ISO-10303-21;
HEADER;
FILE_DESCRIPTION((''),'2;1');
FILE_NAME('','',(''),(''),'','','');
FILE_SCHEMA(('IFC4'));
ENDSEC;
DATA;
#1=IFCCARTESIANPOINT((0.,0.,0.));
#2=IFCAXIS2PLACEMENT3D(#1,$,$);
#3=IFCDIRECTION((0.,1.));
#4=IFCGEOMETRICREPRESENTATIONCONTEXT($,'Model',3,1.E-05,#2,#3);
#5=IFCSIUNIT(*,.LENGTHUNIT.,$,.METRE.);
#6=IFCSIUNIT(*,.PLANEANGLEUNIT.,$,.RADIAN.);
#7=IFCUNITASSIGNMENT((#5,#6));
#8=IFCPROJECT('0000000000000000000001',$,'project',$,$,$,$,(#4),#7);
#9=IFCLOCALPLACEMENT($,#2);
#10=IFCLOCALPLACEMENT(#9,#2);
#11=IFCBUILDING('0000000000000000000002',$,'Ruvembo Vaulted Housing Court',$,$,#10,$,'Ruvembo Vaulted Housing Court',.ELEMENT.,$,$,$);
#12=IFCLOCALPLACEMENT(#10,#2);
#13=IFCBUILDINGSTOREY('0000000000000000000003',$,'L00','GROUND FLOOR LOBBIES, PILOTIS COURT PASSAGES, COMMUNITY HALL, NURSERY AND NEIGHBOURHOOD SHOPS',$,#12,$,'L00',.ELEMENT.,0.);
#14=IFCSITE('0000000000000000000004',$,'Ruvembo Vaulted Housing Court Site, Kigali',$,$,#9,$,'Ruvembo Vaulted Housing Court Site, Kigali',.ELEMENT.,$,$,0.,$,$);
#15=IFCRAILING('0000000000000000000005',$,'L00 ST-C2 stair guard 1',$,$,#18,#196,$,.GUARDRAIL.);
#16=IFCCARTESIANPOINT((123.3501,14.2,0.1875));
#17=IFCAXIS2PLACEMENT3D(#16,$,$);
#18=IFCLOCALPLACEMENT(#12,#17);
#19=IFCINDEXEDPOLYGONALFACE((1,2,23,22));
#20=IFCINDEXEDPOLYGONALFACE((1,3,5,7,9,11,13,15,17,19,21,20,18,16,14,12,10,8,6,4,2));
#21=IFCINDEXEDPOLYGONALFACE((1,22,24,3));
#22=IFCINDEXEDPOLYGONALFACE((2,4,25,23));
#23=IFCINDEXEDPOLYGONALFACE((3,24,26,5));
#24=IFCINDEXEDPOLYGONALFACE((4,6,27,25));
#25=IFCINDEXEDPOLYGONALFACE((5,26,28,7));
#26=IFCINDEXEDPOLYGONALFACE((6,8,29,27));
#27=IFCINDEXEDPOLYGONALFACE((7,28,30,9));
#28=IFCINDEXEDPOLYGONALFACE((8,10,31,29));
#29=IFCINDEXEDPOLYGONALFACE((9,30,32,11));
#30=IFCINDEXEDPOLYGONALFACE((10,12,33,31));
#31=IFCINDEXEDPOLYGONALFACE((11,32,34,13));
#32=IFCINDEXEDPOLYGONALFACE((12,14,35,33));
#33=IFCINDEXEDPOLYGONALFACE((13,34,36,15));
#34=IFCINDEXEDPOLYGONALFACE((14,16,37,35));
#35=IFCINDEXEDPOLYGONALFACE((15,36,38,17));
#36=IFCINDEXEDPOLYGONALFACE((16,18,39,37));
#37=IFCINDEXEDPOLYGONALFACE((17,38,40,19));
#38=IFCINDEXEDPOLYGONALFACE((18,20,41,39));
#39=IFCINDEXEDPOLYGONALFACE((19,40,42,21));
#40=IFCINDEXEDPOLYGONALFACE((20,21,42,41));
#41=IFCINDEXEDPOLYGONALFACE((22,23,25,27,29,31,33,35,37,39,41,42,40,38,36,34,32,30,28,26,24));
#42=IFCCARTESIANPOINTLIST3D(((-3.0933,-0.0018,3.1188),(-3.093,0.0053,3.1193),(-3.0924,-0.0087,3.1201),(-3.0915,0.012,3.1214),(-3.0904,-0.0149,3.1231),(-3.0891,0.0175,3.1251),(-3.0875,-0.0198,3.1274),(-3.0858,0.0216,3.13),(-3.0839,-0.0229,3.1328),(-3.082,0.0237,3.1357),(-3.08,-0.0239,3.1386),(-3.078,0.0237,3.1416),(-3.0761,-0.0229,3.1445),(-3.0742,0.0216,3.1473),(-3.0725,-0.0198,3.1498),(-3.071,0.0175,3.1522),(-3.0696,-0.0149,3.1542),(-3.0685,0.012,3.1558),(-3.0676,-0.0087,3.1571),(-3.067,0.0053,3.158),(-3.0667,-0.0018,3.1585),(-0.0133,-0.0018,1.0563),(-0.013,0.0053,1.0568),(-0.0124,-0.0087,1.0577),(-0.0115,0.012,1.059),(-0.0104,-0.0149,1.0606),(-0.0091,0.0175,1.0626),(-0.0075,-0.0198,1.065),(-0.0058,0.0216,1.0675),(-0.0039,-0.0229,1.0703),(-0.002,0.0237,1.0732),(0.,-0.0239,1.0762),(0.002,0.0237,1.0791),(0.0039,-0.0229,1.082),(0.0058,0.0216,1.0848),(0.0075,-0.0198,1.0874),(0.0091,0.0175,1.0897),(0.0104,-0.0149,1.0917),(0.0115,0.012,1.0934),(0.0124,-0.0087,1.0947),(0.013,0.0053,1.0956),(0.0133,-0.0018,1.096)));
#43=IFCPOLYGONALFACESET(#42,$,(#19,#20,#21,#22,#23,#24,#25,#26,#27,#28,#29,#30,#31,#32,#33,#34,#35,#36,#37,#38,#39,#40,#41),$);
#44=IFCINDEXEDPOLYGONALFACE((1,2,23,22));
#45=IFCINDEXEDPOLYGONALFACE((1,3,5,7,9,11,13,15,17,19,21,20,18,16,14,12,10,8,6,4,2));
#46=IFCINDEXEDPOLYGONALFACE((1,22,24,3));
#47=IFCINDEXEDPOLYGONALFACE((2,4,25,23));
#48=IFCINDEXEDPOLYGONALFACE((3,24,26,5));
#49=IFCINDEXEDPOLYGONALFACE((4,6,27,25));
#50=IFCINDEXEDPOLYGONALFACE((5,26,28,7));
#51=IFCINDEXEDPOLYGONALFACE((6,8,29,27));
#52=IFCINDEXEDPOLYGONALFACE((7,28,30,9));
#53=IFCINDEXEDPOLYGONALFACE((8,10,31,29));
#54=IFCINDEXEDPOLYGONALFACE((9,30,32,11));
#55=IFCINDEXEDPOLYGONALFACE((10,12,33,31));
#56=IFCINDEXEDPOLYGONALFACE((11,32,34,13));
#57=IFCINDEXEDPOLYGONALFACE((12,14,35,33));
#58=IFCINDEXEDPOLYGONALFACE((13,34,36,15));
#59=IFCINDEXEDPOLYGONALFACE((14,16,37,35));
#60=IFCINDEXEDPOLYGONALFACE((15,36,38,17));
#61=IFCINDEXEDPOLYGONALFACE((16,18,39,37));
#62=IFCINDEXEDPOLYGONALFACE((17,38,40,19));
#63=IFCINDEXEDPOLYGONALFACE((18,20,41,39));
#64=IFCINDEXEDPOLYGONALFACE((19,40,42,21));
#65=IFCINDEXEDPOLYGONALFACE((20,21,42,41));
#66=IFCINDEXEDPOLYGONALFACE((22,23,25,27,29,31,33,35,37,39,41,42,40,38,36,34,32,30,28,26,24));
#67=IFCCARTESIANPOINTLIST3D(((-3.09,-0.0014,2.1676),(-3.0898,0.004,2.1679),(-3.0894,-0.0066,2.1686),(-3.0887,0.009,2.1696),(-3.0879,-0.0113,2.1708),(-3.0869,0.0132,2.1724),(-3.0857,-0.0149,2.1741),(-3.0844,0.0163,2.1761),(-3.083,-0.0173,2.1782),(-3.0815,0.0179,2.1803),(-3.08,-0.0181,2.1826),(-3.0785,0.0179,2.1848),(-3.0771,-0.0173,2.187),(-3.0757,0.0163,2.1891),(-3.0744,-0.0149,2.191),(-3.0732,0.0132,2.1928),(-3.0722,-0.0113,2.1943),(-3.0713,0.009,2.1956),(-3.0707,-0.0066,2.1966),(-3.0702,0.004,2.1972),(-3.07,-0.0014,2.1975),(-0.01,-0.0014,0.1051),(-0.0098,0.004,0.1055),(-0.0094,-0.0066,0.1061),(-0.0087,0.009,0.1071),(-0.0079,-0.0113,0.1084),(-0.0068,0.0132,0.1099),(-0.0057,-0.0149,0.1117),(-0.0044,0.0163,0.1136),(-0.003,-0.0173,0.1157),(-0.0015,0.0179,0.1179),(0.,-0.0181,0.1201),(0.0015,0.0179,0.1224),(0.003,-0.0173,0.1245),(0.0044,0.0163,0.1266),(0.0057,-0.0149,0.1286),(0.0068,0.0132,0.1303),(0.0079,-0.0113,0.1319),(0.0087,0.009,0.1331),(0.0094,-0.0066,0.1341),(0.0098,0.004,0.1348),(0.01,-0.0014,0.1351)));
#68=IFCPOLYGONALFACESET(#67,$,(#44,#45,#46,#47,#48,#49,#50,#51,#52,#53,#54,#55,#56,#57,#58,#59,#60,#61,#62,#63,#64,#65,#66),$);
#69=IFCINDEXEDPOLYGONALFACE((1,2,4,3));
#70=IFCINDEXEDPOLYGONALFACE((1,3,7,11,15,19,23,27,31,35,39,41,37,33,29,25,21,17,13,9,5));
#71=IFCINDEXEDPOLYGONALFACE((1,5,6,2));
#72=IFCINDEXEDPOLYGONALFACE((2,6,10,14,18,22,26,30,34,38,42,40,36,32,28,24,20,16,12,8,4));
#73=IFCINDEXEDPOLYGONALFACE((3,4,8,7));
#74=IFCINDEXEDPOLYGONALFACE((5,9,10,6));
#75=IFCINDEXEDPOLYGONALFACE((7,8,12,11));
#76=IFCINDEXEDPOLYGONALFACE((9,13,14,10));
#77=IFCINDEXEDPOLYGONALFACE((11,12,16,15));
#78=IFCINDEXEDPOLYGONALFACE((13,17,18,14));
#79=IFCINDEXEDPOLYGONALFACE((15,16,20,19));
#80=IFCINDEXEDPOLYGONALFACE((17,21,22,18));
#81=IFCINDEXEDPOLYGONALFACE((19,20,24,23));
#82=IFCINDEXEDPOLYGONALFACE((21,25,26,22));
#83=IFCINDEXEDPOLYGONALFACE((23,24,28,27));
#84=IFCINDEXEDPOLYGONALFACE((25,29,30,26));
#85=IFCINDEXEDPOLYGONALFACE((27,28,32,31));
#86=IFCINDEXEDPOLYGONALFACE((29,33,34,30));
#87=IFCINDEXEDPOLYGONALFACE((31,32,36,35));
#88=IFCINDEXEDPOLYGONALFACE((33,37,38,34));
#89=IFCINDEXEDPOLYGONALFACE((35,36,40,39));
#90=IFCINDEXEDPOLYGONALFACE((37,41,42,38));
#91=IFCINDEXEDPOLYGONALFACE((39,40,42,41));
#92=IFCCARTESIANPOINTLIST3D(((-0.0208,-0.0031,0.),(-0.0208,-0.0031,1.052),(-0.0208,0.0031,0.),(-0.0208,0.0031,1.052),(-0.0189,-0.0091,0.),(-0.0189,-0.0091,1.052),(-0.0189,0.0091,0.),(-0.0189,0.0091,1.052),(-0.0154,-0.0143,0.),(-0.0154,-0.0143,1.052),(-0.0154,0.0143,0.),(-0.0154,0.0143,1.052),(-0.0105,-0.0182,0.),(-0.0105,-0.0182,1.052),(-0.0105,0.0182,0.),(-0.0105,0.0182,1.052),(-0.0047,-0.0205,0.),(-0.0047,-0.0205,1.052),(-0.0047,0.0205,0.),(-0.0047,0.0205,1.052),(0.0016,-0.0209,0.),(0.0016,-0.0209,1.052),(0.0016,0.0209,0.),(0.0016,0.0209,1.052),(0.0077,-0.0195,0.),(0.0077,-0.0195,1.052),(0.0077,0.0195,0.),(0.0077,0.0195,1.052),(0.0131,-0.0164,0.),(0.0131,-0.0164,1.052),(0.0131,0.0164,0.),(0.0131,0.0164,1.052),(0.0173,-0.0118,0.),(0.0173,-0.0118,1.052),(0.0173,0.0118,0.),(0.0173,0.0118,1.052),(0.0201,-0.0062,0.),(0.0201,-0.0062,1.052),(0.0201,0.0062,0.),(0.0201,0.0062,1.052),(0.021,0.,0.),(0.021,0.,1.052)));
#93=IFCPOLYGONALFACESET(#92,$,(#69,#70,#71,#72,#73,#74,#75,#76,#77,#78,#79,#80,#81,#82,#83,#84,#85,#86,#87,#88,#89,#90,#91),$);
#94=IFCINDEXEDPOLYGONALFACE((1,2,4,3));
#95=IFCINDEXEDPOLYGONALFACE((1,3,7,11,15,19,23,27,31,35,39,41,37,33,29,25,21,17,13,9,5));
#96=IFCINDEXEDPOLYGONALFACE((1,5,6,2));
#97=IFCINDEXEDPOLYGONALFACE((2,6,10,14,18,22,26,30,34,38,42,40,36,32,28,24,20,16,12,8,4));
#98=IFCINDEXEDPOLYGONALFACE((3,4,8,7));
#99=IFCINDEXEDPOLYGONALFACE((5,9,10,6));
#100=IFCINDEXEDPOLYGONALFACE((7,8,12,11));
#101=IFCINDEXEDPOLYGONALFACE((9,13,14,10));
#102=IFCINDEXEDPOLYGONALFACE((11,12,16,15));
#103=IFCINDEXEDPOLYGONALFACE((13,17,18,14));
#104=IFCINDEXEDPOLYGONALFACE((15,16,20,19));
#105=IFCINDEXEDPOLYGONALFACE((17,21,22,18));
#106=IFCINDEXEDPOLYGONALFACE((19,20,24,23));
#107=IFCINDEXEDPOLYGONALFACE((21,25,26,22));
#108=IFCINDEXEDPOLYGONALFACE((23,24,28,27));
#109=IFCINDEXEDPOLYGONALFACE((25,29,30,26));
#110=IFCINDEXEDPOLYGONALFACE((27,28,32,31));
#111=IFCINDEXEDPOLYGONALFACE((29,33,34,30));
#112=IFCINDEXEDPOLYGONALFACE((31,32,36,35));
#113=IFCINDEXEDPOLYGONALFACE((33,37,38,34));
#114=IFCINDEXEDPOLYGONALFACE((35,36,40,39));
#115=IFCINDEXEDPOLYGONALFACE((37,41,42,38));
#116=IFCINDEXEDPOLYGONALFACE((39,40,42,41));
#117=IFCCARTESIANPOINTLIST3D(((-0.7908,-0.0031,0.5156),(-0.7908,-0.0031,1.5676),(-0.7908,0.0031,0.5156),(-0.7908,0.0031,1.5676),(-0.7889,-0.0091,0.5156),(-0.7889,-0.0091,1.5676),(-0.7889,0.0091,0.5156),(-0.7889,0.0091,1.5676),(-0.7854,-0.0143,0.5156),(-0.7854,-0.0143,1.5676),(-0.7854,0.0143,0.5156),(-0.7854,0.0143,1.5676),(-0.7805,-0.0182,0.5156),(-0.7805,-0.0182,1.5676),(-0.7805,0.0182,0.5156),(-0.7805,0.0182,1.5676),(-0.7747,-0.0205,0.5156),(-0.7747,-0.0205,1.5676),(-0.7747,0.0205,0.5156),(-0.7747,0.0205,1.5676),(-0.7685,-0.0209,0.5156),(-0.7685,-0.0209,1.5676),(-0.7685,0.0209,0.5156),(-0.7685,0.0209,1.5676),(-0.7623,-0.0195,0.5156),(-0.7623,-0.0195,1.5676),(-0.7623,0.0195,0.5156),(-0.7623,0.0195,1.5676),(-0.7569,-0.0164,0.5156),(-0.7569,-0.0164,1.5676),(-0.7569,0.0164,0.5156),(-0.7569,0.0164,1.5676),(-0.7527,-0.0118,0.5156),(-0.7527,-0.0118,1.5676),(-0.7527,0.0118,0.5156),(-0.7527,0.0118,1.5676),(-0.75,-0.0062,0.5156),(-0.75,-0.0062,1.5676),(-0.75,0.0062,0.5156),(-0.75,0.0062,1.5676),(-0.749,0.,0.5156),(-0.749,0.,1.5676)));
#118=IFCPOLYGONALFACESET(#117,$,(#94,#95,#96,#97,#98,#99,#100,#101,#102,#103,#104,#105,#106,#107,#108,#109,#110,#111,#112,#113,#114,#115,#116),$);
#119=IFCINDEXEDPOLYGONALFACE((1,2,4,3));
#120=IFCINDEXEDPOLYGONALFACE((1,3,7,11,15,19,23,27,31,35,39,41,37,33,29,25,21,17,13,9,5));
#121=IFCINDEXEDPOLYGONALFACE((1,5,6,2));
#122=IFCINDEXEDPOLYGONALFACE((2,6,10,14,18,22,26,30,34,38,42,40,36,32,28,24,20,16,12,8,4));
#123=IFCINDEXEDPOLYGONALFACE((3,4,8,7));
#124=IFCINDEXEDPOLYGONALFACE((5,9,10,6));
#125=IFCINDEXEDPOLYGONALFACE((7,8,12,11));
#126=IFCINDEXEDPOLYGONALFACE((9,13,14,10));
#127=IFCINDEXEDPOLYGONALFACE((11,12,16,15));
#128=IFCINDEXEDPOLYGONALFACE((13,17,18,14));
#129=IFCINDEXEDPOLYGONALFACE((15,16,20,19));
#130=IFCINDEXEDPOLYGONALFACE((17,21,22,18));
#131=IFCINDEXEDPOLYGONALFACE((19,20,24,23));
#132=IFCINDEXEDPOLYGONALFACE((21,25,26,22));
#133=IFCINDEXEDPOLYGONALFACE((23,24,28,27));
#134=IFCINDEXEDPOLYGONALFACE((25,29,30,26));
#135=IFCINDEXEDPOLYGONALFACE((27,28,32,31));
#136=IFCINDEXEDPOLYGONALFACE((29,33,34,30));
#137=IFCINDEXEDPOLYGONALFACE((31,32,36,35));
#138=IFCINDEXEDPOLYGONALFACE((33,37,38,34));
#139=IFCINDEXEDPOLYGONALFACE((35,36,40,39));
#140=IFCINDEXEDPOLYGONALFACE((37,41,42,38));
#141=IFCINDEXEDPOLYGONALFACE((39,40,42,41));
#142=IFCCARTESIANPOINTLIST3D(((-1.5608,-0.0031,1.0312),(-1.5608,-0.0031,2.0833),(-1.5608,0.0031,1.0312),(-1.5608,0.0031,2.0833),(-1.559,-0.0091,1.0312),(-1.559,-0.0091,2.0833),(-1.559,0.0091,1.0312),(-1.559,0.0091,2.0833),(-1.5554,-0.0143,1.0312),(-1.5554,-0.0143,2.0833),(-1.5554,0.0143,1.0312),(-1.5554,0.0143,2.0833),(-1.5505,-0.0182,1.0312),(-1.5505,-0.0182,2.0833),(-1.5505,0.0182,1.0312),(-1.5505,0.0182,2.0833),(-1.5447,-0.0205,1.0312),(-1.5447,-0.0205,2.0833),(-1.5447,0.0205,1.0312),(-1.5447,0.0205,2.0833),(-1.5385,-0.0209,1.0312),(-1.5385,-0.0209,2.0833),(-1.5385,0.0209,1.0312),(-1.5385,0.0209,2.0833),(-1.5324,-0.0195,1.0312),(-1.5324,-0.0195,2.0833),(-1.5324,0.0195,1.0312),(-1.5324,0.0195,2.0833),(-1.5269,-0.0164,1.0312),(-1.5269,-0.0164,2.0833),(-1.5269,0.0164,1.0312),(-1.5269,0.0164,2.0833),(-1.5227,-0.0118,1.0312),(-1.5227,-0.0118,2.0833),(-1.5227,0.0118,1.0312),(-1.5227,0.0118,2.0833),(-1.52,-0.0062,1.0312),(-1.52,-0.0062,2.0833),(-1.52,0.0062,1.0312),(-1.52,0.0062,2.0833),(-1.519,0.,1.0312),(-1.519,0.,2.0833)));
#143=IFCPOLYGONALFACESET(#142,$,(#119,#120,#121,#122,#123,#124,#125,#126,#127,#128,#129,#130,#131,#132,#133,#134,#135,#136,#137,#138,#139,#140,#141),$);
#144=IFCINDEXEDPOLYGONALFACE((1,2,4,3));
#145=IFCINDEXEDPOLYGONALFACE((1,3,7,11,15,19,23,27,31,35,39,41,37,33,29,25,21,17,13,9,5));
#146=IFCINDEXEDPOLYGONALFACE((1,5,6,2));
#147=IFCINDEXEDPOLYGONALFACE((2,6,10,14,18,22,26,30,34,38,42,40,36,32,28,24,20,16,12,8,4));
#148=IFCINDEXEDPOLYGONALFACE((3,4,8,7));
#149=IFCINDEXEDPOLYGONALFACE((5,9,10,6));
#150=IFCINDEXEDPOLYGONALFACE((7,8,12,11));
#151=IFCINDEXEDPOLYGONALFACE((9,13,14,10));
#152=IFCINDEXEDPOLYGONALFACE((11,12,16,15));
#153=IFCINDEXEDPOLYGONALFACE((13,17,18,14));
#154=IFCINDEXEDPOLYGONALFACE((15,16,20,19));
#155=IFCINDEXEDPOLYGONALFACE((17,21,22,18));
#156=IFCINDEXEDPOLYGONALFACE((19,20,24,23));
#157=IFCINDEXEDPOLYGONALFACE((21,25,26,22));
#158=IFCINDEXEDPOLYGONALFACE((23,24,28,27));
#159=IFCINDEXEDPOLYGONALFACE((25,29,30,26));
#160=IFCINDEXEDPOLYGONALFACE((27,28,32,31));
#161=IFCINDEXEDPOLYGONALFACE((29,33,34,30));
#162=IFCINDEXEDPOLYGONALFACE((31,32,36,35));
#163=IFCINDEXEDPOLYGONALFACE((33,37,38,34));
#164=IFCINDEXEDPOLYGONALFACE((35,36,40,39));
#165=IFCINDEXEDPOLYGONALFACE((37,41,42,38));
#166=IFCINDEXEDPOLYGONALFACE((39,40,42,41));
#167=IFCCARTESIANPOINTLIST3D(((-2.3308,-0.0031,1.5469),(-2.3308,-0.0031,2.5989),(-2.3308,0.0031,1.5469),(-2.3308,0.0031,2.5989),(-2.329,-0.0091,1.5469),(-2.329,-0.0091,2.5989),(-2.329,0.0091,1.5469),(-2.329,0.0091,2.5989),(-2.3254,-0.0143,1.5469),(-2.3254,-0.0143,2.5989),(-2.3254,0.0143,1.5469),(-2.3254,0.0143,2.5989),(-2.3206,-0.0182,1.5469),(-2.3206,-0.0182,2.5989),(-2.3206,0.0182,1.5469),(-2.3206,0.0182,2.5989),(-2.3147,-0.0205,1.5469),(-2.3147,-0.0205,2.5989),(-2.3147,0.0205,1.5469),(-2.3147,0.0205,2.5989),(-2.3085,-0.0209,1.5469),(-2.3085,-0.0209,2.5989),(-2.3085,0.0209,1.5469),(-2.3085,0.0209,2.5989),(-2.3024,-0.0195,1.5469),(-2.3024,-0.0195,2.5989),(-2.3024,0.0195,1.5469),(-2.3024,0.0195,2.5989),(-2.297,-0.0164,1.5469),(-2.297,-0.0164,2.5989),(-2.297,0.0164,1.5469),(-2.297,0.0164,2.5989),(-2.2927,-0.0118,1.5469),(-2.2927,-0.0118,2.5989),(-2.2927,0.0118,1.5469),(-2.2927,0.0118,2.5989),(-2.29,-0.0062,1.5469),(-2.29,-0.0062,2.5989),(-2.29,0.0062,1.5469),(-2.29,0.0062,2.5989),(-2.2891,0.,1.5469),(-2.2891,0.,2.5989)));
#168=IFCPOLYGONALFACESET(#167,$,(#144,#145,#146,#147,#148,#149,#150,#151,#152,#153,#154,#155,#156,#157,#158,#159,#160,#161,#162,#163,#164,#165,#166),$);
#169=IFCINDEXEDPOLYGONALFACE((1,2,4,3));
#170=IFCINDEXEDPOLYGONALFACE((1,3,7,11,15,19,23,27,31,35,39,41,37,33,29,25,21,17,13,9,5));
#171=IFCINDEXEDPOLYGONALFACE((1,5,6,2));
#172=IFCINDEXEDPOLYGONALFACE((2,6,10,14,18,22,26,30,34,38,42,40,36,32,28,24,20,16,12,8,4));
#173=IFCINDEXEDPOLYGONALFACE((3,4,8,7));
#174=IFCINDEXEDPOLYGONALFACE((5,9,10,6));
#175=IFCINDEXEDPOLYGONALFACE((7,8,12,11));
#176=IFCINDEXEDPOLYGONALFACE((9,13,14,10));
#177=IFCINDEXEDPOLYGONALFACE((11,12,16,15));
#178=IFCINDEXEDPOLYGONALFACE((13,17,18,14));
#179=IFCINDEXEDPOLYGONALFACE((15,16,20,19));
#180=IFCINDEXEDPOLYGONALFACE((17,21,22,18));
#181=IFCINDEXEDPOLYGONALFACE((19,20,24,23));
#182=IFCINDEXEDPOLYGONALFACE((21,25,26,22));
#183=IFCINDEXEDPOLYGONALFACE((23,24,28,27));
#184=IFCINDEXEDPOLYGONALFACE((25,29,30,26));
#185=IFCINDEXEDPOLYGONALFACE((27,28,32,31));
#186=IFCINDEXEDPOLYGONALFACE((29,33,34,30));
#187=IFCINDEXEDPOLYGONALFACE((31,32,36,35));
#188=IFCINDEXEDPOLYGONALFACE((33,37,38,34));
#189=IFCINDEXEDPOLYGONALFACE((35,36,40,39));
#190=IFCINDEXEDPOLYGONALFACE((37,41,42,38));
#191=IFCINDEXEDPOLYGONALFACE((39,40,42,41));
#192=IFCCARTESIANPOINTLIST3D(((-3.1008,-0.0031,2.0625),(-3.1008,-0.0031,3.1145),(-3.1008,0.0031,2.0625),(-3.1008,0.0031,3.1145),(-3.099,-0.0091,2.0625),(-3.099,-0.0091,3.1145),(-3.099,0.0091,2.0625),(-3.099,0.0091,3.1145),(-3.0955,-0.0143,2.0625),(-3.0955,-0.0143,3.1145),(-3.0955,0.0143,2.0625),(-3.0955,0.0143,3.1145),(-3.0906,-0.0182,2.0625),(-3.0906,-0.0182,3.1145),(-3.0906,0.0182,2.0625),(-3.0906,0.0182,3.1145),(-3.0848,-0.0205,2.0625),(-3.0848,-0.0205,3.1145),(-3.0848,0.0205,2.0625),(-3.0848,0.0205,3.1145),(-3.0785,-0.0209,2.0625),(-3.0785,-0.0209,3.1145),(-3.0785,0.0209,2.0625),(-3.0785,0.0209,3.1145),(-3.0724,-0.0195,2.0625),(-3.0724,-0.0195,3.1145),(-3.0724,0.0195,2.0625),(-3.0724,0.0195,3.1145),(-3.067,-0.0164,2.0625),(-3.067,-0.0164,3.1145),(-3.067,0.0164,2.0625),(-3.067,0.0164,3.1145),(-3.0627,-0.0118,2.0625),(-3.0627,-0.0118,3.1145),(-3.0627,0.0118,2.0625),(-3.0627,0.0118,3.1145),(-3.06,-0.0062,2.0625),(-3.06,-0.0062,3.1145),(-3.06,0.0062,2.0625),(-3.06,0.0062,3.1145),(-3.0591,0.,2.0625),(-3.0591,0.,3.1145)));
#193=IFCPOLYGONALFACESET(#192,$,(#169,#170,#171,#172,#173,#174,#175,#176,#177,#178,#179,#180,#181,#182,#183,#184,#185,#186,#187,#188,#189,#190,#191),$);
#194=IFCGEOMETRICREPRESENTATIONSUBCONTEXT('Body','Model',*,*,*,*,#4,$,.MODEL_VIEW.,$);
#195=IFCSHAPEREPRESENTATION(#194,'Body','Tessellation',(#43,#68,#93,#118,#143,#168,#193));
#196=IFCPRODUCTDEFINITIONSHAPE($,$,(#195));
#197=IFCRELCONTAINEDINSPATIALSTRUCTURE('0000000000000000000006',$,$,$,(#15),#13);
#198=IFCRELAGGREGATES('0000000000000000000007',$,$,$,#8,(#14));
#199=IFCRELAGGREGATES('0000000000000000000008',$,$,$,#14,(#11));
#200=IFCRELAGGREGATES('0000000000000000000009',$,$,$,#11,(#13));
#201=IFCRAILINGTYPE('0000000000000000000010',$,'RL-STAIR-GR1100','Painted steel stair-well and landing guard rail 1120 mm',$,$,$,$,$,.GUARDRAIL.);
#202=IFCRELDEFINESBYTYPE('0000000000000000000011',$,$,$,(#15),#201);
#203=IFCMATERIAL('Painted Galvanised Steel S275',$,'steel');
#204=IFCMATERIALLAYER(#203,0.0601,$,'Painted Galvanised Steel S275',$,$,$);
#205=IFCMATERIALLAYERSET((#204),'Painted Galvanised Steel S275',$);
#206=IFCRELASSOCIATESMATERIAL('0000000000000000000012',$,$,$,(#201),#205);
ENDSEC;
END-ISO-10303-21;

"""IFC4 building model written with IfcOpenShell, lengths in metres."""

from ifc_helpers import new_model, si_unit, direction, frame, origin, origin_2d, place, context, subcontext, project, spatial, circle, extrude, material, layer, layer_set, type_object, element, save


model = new_model("IFC4")

# Units and contexts
model_context = context("Model", 3, precision=1e-05, world=origin(), true_north=direction((0.0, 1.0)))
body_context = subcontext(model_context, "Body", "Model", "MODEL_VIEW")
ifc_project = project(units=[si_unit("LENGTHUNIT", "METRE"), si_unit("PLANEANGLEUNIT", "RADIAN")], contexts=[model_context])

# Site, building, storey
site_placement = place(None, origin())
site = spatial("IfcSite", under=ifc_project, at=site_placement, Name="Ruvembo Vaulted Housing Court Site, Kigali", LongName="Ruvembo Vaulted Housing Court Site, Kigali", CompositionType="ELEMENT", RefElevation=0.0)
building_placement = place(site_placement, origin())
building = spatial("IfcBuilding", under=site, at=building_placement, Name="Ruvembo Vaulted Housing Court", LongName="Ruvembo Vaulted Housing Court", CompositionType="ELEMENT")
storey_placement = place(building_placement, origin())
storey = spatial("IfcBuildingStorey", under=building, at=storey_placement, Name="L00", Description="GROUND FLOOR LOBBIES, PILOTIS COURT PASSAGES, COMMUNITY HALL, NURSERY AND NEIGHBOURHOOD SHOPS", LongName="L00", CompositionType="ELEMENT", Elevation=0.0)

# Railing
ifc_material_1 = material(Name="Painted Galvanised Steel S275", Category="steel")
ifc_layer_1 = layer(ifc_material_1, 0.0601, Name="Painted Galvanised Steel S275")
ifc_layer_set_1 = layer_set([ifc_layer_1], Name="Painted Galvanised Steel S275")
railing_type_1 = type_object("IfcRailingType", Name="RL-STAIR-GR1100", Description="Painted steel stair-well and landing guard rail 1120 mm", PredefinedType="GUARDRAIL", material=ifc_layer_set_1)
railing_1_placement = place(storey_placement, frame((123.3501, 14.2, 0.1875)))
element("IfcRailing", 1, at=railing_1_placement, inside=storey, type_object=railing_type_1, Name="L00 ST-C2 stair guard 1", PredefinedType="GUARDRAIL", context=body_context, shape_type="SweptSolid", body=[
    extrude(circle(Radius=0.0239, at=origin_2d()), frame((0.0, 0.0, 1.0762), z_axis=(-0.830914, 0.0, 0.556401), x_axis=(0.0, -1.0, 0.0)), (0.0, 0.0, 1.0), 3.7068),
    extrude(circle(Radius=0.0181, at=origin_2d()), frame((0.0, 0.0, 0.1201), z_axis=(-0.830914, 0.0, 0.556401), x_axis=(0.0, -1.0, 0.0)), (0.0, 0.0, 1.0), 3.7068),
    extrude(circle(Radius=0.021, at=origin_2d()), origin(), (0.0, 0.0, 1.0), 1.052),
    extrude(circle(Radius=0.021, at=origin_2d()), frame((-0.77, 0.0, 0.5156)), (0.0, 0.0, 1.0), 1.052),
    extrude(circle(Radius=0.021, at=origin_2d()), frame((-1.54, 0.0, 1.0312)), (0.0, 0.0, 1.0), 1.052),
    extrude(circle(Radius=0.021, at=origin_2d()), frame((-2.3101, 0.0, 1.5469)), (0.0, 0.0, 1.0), 1.052),
    extrude(circle(Radius=0.021, at=origin_2d()), frame((-3.0801, 0.0, 2.0625)), (0.0, 0.0, 1.0), 1.052),
])

save(model, "model.ifc")
